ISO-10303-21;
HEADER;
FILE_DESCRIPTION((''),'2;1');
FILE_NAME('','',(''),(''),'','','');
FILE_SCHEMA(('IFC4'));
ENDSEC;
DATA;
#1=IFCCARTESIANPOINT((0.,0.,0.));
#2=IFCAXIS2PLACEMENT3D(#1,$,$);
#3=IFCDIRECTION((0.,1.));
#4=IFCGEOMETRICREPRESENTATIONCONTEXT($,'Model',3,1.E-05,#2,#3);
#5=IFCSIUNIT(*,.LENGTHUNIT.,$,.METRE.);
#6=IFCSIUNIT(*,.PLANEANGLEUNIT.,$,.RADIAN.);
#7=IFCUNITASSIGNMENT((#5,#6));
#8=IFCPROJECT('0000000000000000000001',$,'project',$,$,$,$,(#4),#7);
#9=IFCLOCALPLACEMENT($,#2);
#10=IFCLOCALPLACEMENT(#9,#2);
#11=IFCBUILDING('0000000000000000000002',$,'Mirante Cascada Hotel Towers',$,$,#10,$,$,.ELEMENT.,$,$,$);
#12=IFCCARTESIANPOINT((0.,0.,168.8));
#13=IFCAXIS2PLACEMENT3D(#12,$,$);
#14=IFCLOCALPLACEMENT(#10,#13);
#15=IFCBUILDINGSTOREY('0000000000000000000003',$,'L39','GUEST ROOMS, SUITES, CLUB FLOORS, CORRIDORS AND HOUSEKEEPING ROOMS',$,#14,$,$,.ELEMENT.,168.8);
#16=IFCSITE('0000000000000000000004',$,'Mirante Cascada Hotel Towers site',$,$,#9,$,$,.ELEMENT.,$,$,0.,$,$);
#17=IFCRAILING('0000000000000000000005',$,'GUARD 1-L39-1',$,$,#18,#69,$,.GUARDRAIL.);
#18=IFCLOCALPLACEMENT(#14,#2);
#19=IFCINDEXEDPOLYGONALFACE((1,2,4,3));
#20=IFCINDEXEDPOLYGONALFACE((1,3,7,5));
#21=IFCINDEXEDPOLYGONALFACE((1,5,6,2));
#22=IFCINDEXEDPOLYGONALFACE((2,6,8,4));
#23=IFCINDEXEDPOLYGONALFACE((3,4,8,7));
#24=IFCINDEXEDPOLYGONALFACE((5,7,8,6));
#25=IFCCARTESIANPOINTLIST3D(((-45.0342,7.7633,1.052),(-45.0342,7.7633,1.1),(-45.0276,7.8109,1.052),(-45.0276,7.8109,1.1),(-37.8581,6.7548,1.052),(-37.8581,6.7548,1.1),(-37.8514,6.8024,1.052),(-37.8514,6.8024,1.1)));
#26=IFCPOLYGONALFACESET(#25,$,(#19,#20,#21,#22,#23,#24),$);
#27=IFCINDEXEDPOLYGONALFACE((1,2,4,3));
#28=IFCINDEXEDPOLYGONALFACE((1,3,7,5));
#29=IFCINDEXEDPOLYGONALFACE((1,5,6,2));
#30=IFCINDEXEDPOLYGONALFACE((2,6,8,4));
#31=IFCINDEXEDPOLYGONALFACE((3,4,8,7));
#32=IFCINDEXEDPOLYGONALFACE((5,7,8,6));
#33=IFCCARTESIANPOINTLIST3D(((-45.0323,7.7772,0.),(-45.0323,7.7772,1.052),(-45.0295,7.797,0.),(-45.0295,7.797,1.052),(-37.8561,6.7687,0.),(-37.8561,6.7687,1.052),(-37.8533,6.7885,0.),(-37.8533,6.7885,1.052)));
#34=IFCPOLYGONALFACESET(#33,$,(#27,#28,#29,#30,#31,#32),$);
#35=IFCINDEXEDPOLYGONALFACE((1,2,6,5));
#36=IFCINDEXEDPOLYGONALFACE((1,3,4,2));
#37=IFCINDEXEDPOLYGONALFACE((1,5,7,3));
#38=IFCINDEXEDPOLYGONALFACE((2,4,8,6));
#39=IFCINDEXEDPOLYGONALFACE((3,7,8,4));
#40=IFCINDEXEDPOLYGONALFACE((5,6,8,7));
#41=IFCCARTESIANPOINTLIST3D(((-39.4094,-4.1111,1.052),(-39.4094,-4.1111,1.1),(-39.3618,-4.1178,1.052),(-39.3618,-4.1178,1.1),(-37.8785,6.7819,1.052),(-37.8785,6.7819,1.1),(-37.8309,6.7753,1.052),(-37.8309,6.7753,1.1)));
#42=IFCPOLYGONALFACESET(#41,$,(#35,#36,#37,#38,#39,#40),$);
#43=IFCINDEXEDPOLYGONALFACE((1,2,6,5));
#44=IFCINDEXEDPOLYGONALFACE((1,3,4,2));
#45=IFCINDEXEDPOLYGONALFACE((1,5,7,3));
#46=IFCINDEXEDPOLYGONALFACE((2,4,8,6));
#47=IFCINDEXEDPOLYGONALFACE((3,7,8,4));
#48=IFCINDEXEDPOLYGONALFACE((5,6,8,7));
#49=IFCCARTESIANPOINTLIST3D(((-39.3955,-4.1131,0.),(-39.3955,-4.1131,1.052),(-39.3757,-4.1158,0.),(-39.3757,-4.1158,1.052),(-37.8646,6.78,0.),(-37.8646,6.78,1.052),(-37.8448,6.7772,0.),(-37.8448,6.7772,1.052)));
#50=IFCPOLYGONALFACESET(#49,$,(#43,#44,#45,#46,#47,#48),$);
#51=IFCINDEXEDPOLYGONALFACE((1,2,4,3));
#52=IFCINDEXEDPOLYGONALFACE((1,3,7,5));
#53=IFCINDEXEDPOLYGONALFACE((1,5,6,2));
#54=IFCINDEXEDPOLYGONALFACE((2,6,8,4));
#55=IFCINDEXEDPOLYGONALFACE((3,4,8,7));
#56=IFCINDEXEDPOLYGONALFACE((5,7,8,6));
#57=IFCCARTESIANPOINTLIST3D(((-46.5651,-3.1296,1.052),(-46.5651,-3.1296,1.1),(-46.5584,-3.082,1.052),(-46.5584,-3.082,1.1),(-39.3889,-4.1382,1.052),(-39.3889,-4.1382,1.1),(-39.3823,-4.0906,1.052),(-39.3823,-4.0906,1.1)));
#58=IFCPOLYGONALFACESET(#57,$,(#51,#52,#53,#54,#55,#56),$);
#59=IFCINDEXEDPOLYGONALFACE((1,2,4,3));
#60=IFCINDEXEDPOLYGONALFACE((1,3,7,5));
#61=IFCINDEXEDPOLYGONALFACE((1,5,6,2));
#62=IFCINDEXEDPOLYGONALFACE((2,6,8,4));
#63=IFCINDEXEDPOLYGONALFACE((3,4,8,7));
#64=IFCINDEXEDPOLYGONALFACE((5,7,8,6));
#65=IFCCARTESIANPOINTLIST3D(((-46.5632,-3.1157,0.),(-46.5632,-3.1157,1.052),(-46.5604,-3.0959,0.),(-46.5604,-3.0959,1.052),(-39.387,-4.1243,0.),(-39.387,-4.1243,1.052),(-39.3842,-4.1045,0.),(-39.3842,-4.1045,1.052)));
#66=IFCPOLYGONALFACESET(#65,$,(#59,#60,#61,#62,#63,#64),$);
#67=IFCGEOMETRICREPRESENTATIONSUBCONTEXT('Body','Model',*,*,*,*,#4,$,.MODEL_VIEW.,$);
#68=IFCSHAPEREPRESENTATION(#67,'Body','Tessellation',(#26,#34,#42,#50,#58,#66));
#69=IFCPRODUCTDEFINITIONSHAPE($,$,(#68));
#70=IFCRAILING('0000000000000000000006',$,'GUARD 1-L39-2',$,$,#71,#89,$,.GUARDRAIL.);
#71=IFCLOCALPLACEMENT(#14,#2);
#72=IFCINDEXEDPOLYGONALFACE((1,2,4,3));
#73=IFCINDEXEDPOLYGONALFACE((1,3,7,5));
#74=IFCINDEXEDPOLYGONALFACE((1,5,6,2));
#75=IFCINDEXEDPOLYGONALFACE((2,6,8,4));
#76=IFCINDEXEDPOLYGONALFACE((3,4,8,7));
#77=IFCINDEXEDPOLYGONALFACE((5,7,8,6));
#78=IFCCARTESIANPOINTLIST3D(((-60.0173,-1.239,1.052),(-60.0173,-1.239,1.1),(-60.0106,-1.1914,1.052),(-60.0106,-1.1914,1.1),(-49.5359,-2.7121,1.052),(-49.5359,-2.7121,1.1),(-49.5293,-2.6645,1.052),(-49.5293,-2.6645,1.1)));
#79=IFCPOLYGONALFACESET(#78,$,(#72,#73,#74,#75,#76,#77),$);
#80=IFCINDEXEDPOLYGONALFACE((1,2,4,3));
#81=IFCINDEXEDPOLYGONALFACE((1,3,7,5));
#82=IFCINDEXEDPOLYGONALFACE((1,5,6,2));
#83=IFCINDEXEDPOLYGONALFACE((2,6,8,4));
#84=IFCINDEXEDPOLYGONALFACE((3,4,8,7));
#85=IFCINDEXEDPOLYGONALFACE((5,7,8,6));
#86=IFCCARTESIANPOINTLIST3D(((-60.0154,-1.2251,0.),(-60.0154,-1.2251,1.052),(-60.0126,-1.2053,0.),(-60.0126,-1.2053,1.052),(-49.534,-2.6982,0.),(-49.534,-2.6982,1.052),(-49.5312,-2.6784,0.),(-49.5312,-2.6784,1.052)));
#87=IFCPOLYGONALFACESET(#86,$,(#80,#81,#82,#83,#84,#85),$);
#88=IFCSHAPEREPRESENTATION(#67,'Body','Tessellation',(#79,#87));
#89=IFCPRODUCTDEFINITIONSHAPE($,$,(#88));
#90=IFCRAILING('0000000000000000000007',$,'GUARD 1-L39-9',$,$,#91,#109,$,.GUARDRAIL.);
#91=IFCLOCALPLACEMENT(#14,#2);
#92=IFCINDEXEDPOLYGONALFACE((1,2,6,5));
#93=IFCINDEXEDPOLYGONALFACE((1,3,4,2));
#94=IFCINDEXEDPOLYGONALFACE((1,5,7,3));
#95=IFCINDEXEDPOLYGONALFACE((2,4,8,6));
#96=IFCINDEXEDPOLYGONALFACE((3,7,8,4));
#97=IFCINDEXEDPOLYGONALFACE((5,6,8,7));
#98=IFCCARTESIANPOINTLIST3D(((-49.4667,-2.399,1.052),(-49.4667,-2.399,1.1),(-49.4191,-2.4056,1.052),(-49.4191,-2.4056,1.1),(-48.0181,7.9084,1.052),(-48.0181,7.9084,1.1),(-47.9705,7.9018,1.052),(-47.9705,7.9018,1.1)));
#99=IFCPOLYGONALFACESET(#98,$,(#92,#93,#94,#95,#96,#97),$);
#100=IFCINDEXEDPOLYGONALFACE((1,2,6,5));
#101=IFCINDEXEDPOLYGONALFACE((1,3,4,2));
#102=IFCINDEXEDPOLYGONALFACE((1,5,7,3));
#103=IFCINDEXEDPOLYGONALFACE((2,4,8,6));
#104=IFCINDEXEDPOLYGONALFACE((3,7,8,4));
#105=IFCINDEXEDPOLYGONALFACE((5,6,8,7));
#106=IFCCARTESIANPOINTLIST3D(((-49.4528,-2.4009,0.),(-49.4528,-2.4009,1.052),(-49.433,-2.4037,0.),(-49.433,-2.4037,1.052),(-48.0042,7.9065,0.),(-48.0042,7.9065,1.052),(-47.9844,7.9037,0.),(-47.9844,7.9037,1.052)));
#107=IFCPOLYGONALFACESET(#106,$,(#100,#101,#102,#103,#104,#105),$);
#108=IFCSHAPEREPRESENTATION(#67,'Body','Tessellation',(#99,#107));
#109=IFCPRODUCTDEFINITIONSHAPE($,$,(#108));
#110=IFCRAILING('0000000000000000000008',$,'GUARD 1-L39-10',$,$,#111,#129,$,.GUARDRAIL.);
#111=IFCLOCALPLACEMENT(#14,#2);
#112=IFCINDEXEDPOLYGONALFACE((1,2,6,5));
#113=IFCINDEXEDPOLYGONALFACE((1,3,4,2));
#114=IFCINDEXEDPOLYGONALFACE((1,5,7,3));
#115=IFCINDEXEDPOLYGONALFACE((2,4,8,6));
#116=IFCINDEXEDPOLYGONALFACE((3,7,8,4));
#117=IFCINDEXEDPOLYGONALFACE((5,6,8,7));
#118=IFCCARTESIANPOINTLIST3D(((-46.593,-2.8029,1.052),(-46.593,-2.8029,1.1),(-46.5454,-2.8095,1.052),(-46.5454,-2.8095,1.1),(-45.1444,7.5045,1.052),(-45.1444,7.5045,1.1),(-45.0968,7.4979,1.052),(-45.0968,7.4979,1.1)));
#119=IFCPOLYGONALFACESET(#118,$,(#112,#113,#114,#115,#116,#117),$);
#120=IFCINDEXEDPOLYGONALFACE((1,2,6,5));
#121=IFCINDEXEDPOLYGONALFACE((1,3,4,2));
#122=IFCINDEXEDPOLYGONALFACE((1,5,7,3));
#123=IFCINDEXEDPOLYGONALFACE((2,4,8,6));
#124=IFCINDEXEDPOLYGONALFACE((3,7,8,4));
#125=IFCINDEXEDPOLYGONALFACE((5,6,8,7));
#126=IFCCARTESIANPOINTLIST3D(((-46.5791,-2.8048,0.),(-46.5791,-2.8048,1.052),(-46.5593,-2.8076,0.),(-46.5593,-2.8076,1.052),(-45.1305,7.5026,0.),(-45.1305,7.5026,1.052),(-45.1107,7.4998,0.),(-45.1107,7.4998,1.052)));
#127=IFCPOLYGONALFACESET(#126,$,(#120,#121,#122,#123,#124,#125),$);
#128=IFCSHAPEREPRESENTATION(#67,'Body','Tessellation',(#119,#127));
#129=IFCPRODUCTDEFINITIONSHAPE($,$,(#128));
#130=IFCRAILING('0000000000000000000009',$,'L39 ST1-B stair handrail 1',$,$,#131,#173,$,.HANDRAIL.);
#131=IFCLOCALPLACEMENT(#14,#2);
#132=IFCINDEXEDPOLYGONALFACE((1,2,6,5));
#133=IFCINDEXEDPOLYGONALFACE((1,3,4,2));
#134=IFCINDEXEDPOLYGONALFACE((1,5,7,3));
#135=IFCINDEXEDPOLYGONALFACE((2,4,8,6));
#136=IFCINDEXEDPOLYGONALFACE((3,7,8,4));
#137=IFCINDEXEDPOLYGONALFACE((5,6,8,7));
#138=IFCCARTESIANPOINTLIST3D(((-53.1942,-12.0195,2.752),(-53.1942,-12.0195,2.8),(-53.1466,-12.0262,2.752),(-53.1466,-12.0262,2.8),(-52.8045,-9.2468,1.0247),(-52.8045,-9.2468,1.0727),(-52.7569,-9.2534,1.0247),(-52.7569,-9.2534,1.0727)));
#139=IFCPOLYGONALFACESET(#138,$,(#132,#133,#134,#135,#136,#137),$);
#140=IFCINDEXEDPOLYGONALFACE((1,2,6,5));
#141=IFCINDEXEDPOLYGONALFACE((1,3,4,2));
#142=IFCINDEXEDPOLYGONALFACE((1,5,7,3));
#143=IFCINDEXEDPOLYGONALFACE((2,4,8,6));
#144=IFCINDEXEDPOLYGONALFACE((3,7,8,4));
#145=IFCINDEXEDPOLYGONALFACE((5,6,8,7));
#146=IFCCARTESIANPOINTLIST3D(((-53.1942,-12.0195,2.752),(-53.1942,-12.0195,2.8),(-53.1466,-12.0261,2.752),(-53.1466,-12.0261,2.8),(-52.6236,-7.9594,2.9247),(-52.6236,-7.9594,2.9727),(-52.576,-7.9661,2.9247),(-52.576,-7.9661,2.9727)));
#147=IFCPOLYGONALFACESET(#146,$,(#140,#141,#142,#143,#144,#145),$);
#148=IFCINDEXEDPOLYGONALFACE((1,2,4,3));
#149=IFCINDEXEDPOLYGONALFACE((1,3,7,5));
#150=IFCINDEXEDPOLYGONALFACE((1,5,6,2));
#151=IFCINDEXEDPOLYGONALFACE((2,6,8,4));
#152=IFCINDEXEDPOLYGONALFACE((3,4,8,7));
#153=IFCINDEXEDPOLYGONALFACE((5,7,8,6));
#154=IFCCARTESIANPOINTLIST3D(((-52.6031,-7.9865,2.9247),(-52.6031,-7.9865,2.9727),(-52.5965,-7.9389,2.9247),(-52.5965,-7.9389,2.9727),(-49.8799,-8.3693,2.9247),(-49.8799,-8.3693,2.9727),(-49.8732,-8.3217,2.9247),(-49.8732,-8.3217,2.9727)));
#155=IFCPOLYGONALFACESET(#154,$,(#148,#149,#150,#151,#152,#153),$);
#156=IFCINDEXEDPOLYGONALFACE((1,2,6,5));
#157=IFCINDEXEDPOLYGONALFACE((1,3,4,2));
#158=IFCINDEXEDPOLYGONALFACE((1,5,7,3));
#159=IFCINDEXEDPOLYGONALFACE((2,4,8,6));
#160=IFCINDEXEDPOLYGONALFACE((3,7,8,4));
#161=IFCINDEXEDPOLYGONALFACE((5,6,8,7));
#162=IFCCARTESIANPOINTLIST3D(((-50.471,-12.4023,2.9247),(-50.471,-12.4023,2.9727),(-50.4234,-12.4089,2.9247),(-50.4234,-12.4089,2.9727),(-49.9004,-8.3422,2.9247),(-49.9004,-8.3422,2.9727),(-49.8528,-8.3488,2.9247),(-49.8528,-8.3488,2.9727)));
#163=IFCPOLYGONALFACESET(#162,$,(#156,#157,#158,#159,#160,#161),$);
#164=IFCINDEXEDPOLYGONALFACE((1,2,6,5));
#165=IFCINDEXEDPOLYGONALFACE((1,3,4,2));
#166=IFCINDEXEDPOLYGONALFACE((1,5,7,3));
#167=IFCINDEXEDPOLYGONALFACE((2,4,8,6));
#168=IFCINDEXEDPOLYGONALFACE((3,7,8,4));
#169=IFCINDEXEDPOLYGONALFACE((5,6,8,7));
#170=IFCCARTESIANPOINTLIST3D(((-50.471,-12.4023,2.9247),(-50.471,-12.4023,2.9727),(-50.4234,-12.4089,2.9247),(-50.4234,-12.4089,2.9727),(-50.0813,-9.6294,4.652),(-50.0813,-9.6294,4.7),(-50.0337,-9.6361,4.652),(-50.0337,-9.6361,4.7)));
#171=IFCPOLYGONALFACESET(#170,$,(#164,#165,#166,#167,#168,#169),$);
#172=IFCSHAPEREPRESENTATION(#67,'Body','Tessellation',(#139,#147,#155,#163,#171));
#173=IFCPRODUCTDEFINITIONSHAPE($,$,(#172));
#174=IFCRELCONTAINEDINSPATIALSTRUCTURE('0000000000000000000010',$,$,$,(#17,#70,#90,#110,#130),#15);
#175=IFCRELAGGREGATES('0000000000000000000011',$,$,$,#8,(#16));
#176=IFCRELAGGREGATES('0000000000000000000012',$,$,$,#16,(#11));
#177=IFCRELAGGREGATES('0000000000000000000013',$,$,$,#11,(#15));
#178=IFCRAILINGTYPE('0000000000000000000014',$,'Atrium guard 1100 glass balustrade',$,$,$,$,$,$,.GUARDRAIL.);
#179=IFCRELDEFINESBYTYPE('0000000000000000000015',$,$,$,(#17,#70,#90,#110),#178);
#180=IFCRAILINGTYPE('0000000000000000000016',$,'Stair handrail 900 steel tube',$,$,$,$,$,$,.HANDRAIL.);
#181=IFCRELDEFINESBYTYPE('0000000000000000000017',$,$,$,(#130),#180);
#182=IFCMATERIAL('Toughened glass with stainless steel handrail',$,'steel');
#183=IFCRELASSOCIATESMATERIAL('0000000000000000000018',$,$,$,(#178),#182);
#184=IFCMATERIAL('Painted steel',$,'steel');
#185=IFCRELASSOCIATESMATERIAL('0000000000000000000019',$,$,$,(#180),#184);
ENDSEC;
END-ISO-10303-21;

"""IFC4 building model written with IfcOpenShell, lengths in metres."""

from ifc_helpers import new_model, si_unit, direction, frame, origin, origin_2d, place, context, subcontext, project, spatial, rectangle, extrude, material, type_object, element, save


model = new_model("IFC4")

# Units and contexts
model_context = context("Model", 3, precision=1e-05, world=origin(), true_north=direction((0.0, 1.0)))
body_context = subcontext(model_context, "Body", "Model", "MODEL_VIEW")
ifc_project = project(units=[si_unit("LENGTHUNIT", "METRE"), si_unit("PLANEANGLEUNIT", "RADIAN")], contexts=[model_context])

# Site, building, storey
site_placement = place(None, origin())
site = spatial("IfcSite", under=ifc_project, at=site_placement, Name="Mirante Cascada Hotel Towers site", CompositionType="ELEMENT", RefElevation=0.0)
building_placement = place(site_placement, origin())
building = spatial("IfcBuilding", under=site, at=building_placement, Name="Mirante Cascada Hotel Towers", CompositionType="ELEMENT")
storey_placement = place(building_placement, frame((0.0, 0.0, 168.8)))
storey = spatial("IfcBuildingStorey", under=building, at=storey_placement, Name="L39", Description="GUEST ROOMS, SUITES, CLUB FLOORS, CORRIDORS AND HOUSEKEEPING ROOMS", CompositionType="ELEMENT", Elevation=168.8)

# Railings
ifc_material_1 = material(Name="Toughened glass with stainless steel handrail", Category="steel")
railing_type_1 = type_object("IfcRailingType", Name="Atrium guard 1100 glass balustrade", PredefinedType="GUARDRAIL", material=ifc_material_1)
railing_1_placement = place(storey_placement, frame((-45.0309, 7.7871, 0.0)))
element("IfcRailing", 1, at=railing_1_placement, inside=storey, type_object=railing_type_1, Name="GUARD 1-L39-1", PredefinedType="GUARDRAIL", context=body_context, shape_type="SweptSolid", body=[
    extrude(rectangle(XDim=0.048, YDim=0.048, at=origin_2d()), frame((0.0, 0.0, 1.076), z_axis=(0.990269, -0.139166, 0.0), x_axis=(0.139166, 0.990269, 0.0)), (0.0, 0.0, 1.0), 7.2467),
    extrude(rectangle(XDim=0.02, YDim=1.052, at=origin_2d()), frame((0.0, 0.0, 0.526), z_axis=(0.990269, -0.139166, 0.0), x_axis=(0.139166, 0.990269, 0.0)), (0.0, 0.0, 1.0), 7.2467),
    extrude(rectangle(XDim=0.048, YDim=0.048, at=origin_2d()), frame((7.1762, -1.0085, 1.076), z_axis=(-0.139172, -0.990268, 0.0), x_axis=(0.990268, -0.139172, 0.0)), (0.0, 0.0, 1.0), 11.0001),
    extrude(rectangle(XDim=0.02, YDim=1.052, at=origin_2d()), frame((7.1762, -1.0085, 0.526), z_axis=(-0.139172, -0.990268, 0.0), x_axis=(0.990268, -0.139172, 0.0)), (0.0, 0.0, 1.0), 11.0001),
    extrude(rectangle(XDim=0.048, YDim=0.048, at=origin_2d()), frame((5.6453, -11.9015, 1.076), z_axis=(-0.990267, 0.13918, 0.0), x_axis=(-0.13918, -0.990267, 0.0)), (0.0, 0.0, 1.0), 7.2467),
    extrude(rectangle(XDim=0.02, YDim=1.052, at=origin_2d()), frame((5.6453, -11.9015, 0.526), z_axis=(-0.990267, 0.13918, 0.0), x_axis=(-0.13918, -0.990267, 0.0)), (0.0, 0.0, 1.0), 7.2467),
])
railing_2_placement = place(storey_placement, frame((-49.5326, -2.6883, 0.0)))
element("IfcRailing", 2, at=railing_2_placement, inside=storey, type_object=railing_type_1, Name="GUARD 1-L39-2", PredefinedType="GUARDRAIL", context=body_context, shape_type="SweptSolid", body=[
    extrude(rectangle(XDim=0.048, YDim=0.048, at=origin_2d()), frame((0.0, 0.0, 1.076), z_axis=(-0.990268, 0.139176, 0.0), x_axis=(-0.139176, -0.990268, 0.0)), (0.0, 0.0, 1.0), 10.5844),
    extrude(rectangle(XDim=0.02, YDim=1.052, at=origin_2d()), frame((0.0, 0.0, 0.526), z_axis=(-0.990268, 0.139176, 0.0), x_axis=(-0.139176, -0.990268, 0.0)), (0.0, 0.0, 1.0), 10.5844),
])
railing_3_placement = place(storey_placement, frame((-49.4429, -2.4023, 0.0)))
element("IfcRailing", 3, at=railing_3_placement, inside=storey, type_object=railing_type_1, Name="GUARD 1-L39-9", PredefinedType="GUARDRAIL", context=body_context, shape_type="SweptSolid", body=[
    extrude(rectangle(XDim=0.048, YDim=0.048, at=origin_2d()), frame((0.0, 0.0, 1.076), z_axis=(0.139172, 0.990268, 0.0), x_axis=(-0.990268, 0.139172, 0.0)), (0.0, 0.0, 1.0), 10.4087),
    extrude(rectangle(XDim=0.02, YDim=1.052, at=origin_2d()), frame((0.0, 0.0, 0.526), z_axis=(0.139172, 0.990268, 0.0), x_axis=(-0.990268, 0.139172, 0.0)), (0.0, 0.0, 1.0), 10.4087),
])
railing_4_placement = place(storey_placement, frame((-45.1206, 7.5012, 0.0)))
element("IfcRailing", 4, at=railing_4_placement, inside=storey, type_object=railing_type_1, Name="GUARD 1-L39-10", PredefinedType="GUARDRAIL", context=body_context, shape_type="SweptSolid", body=[
    extrude(rectangle(XDim=0.048, YDim=0.048, at=origin_2d()), frame((0.0, 0.0, 1.076), z_axis=(-0.139172, -0.990268, 0.0), x_axis=(0.990268, -0.139172, 0.0)), (0.0, 0.0, 1.0), 10.4087),
    extrude(rectangle(XDim=0.02, YDim=1.052, at=origin_2d()), frame((0.0, 0.0, 0.526), z_axis=(-0.139172, -0.990268, 0.0), x_axis=(0.990268, -0.139172, 0.0)), (0.0, 0.0, 1.0), 10.4087),
])
ifc_material_2 = material(Name="Painted steel", Category="steel")
railing_type_2 = type_object("IfcRailingType", Name="Stair handrail 900 steel tube", PredefinedType="HANDRAIL", material=ifc_material_2)
railing_5_placement = place(storey_placement, frame((-52.7807, -9.2501, 0.1727)))
element("IfcRailing", 5, at=railing_5_placement, inside=storey, type_object=railing_type_2, Name="L39 ST1-B stair handrail 1", PredefinedType="HANDRAIL", context=body_context, shape_type="SweptSolid", body=[
    extrude(rectangle(XDim=0.048, YDim=0.048, at=origin_2d()), frame((0.0, 0.0, 0.876), z_axis=(-0.139181, -0.990267, 0.0), x_axis=(0.990267, -0.139181, 0.0)), (0.0, 0.525035, 0.851081), 3.2899),
    extrude(rectangle(XDim=0.048, YDim=0.048, at=origin_2d()), frame((-0.3897, -2.7727, 2.6033), z_axis=(0.139171, 0.990268, 0.0), x_axis=(-0.990268, 0.139171, 0.0)), (0.0, 0.042085, 0.999114), 4.1036),
    extrude(rectangle(XDim=0.048, YDim=0.048, at=origin_2d()), frame((0.1809, 1.2874, 2.776), z_axis=(0.990264, -0.139201, 0.0), x_axis=(0.139201, 0.990264, 0.0)), (0.0, 0.0, 1.0), 2.75),
    extrude(rectangle(XDim=0.048, YDim=0.048, at=origin_2d()), frame((2.9041, 0.9046, 2.776), z_axis=(-0.139171, -0.990268, 0.0), x_axis=(0.990268, -0.139171, 0.0)), (0.0, 0.0, 1.0), 4.1),
    extrude(rectangle(XDim=0.048, YDim=0.048, at=origin_2d()), frame((2.3335, -3.1555, 2.776), z_axis=(0.139176, 0.990268, 0.0), x_axis=(-0.990268, 0.139176, 0.0)), (0.0, 0.525021, 0.851089), 3.29),
])

save(model, "model.ifc")
